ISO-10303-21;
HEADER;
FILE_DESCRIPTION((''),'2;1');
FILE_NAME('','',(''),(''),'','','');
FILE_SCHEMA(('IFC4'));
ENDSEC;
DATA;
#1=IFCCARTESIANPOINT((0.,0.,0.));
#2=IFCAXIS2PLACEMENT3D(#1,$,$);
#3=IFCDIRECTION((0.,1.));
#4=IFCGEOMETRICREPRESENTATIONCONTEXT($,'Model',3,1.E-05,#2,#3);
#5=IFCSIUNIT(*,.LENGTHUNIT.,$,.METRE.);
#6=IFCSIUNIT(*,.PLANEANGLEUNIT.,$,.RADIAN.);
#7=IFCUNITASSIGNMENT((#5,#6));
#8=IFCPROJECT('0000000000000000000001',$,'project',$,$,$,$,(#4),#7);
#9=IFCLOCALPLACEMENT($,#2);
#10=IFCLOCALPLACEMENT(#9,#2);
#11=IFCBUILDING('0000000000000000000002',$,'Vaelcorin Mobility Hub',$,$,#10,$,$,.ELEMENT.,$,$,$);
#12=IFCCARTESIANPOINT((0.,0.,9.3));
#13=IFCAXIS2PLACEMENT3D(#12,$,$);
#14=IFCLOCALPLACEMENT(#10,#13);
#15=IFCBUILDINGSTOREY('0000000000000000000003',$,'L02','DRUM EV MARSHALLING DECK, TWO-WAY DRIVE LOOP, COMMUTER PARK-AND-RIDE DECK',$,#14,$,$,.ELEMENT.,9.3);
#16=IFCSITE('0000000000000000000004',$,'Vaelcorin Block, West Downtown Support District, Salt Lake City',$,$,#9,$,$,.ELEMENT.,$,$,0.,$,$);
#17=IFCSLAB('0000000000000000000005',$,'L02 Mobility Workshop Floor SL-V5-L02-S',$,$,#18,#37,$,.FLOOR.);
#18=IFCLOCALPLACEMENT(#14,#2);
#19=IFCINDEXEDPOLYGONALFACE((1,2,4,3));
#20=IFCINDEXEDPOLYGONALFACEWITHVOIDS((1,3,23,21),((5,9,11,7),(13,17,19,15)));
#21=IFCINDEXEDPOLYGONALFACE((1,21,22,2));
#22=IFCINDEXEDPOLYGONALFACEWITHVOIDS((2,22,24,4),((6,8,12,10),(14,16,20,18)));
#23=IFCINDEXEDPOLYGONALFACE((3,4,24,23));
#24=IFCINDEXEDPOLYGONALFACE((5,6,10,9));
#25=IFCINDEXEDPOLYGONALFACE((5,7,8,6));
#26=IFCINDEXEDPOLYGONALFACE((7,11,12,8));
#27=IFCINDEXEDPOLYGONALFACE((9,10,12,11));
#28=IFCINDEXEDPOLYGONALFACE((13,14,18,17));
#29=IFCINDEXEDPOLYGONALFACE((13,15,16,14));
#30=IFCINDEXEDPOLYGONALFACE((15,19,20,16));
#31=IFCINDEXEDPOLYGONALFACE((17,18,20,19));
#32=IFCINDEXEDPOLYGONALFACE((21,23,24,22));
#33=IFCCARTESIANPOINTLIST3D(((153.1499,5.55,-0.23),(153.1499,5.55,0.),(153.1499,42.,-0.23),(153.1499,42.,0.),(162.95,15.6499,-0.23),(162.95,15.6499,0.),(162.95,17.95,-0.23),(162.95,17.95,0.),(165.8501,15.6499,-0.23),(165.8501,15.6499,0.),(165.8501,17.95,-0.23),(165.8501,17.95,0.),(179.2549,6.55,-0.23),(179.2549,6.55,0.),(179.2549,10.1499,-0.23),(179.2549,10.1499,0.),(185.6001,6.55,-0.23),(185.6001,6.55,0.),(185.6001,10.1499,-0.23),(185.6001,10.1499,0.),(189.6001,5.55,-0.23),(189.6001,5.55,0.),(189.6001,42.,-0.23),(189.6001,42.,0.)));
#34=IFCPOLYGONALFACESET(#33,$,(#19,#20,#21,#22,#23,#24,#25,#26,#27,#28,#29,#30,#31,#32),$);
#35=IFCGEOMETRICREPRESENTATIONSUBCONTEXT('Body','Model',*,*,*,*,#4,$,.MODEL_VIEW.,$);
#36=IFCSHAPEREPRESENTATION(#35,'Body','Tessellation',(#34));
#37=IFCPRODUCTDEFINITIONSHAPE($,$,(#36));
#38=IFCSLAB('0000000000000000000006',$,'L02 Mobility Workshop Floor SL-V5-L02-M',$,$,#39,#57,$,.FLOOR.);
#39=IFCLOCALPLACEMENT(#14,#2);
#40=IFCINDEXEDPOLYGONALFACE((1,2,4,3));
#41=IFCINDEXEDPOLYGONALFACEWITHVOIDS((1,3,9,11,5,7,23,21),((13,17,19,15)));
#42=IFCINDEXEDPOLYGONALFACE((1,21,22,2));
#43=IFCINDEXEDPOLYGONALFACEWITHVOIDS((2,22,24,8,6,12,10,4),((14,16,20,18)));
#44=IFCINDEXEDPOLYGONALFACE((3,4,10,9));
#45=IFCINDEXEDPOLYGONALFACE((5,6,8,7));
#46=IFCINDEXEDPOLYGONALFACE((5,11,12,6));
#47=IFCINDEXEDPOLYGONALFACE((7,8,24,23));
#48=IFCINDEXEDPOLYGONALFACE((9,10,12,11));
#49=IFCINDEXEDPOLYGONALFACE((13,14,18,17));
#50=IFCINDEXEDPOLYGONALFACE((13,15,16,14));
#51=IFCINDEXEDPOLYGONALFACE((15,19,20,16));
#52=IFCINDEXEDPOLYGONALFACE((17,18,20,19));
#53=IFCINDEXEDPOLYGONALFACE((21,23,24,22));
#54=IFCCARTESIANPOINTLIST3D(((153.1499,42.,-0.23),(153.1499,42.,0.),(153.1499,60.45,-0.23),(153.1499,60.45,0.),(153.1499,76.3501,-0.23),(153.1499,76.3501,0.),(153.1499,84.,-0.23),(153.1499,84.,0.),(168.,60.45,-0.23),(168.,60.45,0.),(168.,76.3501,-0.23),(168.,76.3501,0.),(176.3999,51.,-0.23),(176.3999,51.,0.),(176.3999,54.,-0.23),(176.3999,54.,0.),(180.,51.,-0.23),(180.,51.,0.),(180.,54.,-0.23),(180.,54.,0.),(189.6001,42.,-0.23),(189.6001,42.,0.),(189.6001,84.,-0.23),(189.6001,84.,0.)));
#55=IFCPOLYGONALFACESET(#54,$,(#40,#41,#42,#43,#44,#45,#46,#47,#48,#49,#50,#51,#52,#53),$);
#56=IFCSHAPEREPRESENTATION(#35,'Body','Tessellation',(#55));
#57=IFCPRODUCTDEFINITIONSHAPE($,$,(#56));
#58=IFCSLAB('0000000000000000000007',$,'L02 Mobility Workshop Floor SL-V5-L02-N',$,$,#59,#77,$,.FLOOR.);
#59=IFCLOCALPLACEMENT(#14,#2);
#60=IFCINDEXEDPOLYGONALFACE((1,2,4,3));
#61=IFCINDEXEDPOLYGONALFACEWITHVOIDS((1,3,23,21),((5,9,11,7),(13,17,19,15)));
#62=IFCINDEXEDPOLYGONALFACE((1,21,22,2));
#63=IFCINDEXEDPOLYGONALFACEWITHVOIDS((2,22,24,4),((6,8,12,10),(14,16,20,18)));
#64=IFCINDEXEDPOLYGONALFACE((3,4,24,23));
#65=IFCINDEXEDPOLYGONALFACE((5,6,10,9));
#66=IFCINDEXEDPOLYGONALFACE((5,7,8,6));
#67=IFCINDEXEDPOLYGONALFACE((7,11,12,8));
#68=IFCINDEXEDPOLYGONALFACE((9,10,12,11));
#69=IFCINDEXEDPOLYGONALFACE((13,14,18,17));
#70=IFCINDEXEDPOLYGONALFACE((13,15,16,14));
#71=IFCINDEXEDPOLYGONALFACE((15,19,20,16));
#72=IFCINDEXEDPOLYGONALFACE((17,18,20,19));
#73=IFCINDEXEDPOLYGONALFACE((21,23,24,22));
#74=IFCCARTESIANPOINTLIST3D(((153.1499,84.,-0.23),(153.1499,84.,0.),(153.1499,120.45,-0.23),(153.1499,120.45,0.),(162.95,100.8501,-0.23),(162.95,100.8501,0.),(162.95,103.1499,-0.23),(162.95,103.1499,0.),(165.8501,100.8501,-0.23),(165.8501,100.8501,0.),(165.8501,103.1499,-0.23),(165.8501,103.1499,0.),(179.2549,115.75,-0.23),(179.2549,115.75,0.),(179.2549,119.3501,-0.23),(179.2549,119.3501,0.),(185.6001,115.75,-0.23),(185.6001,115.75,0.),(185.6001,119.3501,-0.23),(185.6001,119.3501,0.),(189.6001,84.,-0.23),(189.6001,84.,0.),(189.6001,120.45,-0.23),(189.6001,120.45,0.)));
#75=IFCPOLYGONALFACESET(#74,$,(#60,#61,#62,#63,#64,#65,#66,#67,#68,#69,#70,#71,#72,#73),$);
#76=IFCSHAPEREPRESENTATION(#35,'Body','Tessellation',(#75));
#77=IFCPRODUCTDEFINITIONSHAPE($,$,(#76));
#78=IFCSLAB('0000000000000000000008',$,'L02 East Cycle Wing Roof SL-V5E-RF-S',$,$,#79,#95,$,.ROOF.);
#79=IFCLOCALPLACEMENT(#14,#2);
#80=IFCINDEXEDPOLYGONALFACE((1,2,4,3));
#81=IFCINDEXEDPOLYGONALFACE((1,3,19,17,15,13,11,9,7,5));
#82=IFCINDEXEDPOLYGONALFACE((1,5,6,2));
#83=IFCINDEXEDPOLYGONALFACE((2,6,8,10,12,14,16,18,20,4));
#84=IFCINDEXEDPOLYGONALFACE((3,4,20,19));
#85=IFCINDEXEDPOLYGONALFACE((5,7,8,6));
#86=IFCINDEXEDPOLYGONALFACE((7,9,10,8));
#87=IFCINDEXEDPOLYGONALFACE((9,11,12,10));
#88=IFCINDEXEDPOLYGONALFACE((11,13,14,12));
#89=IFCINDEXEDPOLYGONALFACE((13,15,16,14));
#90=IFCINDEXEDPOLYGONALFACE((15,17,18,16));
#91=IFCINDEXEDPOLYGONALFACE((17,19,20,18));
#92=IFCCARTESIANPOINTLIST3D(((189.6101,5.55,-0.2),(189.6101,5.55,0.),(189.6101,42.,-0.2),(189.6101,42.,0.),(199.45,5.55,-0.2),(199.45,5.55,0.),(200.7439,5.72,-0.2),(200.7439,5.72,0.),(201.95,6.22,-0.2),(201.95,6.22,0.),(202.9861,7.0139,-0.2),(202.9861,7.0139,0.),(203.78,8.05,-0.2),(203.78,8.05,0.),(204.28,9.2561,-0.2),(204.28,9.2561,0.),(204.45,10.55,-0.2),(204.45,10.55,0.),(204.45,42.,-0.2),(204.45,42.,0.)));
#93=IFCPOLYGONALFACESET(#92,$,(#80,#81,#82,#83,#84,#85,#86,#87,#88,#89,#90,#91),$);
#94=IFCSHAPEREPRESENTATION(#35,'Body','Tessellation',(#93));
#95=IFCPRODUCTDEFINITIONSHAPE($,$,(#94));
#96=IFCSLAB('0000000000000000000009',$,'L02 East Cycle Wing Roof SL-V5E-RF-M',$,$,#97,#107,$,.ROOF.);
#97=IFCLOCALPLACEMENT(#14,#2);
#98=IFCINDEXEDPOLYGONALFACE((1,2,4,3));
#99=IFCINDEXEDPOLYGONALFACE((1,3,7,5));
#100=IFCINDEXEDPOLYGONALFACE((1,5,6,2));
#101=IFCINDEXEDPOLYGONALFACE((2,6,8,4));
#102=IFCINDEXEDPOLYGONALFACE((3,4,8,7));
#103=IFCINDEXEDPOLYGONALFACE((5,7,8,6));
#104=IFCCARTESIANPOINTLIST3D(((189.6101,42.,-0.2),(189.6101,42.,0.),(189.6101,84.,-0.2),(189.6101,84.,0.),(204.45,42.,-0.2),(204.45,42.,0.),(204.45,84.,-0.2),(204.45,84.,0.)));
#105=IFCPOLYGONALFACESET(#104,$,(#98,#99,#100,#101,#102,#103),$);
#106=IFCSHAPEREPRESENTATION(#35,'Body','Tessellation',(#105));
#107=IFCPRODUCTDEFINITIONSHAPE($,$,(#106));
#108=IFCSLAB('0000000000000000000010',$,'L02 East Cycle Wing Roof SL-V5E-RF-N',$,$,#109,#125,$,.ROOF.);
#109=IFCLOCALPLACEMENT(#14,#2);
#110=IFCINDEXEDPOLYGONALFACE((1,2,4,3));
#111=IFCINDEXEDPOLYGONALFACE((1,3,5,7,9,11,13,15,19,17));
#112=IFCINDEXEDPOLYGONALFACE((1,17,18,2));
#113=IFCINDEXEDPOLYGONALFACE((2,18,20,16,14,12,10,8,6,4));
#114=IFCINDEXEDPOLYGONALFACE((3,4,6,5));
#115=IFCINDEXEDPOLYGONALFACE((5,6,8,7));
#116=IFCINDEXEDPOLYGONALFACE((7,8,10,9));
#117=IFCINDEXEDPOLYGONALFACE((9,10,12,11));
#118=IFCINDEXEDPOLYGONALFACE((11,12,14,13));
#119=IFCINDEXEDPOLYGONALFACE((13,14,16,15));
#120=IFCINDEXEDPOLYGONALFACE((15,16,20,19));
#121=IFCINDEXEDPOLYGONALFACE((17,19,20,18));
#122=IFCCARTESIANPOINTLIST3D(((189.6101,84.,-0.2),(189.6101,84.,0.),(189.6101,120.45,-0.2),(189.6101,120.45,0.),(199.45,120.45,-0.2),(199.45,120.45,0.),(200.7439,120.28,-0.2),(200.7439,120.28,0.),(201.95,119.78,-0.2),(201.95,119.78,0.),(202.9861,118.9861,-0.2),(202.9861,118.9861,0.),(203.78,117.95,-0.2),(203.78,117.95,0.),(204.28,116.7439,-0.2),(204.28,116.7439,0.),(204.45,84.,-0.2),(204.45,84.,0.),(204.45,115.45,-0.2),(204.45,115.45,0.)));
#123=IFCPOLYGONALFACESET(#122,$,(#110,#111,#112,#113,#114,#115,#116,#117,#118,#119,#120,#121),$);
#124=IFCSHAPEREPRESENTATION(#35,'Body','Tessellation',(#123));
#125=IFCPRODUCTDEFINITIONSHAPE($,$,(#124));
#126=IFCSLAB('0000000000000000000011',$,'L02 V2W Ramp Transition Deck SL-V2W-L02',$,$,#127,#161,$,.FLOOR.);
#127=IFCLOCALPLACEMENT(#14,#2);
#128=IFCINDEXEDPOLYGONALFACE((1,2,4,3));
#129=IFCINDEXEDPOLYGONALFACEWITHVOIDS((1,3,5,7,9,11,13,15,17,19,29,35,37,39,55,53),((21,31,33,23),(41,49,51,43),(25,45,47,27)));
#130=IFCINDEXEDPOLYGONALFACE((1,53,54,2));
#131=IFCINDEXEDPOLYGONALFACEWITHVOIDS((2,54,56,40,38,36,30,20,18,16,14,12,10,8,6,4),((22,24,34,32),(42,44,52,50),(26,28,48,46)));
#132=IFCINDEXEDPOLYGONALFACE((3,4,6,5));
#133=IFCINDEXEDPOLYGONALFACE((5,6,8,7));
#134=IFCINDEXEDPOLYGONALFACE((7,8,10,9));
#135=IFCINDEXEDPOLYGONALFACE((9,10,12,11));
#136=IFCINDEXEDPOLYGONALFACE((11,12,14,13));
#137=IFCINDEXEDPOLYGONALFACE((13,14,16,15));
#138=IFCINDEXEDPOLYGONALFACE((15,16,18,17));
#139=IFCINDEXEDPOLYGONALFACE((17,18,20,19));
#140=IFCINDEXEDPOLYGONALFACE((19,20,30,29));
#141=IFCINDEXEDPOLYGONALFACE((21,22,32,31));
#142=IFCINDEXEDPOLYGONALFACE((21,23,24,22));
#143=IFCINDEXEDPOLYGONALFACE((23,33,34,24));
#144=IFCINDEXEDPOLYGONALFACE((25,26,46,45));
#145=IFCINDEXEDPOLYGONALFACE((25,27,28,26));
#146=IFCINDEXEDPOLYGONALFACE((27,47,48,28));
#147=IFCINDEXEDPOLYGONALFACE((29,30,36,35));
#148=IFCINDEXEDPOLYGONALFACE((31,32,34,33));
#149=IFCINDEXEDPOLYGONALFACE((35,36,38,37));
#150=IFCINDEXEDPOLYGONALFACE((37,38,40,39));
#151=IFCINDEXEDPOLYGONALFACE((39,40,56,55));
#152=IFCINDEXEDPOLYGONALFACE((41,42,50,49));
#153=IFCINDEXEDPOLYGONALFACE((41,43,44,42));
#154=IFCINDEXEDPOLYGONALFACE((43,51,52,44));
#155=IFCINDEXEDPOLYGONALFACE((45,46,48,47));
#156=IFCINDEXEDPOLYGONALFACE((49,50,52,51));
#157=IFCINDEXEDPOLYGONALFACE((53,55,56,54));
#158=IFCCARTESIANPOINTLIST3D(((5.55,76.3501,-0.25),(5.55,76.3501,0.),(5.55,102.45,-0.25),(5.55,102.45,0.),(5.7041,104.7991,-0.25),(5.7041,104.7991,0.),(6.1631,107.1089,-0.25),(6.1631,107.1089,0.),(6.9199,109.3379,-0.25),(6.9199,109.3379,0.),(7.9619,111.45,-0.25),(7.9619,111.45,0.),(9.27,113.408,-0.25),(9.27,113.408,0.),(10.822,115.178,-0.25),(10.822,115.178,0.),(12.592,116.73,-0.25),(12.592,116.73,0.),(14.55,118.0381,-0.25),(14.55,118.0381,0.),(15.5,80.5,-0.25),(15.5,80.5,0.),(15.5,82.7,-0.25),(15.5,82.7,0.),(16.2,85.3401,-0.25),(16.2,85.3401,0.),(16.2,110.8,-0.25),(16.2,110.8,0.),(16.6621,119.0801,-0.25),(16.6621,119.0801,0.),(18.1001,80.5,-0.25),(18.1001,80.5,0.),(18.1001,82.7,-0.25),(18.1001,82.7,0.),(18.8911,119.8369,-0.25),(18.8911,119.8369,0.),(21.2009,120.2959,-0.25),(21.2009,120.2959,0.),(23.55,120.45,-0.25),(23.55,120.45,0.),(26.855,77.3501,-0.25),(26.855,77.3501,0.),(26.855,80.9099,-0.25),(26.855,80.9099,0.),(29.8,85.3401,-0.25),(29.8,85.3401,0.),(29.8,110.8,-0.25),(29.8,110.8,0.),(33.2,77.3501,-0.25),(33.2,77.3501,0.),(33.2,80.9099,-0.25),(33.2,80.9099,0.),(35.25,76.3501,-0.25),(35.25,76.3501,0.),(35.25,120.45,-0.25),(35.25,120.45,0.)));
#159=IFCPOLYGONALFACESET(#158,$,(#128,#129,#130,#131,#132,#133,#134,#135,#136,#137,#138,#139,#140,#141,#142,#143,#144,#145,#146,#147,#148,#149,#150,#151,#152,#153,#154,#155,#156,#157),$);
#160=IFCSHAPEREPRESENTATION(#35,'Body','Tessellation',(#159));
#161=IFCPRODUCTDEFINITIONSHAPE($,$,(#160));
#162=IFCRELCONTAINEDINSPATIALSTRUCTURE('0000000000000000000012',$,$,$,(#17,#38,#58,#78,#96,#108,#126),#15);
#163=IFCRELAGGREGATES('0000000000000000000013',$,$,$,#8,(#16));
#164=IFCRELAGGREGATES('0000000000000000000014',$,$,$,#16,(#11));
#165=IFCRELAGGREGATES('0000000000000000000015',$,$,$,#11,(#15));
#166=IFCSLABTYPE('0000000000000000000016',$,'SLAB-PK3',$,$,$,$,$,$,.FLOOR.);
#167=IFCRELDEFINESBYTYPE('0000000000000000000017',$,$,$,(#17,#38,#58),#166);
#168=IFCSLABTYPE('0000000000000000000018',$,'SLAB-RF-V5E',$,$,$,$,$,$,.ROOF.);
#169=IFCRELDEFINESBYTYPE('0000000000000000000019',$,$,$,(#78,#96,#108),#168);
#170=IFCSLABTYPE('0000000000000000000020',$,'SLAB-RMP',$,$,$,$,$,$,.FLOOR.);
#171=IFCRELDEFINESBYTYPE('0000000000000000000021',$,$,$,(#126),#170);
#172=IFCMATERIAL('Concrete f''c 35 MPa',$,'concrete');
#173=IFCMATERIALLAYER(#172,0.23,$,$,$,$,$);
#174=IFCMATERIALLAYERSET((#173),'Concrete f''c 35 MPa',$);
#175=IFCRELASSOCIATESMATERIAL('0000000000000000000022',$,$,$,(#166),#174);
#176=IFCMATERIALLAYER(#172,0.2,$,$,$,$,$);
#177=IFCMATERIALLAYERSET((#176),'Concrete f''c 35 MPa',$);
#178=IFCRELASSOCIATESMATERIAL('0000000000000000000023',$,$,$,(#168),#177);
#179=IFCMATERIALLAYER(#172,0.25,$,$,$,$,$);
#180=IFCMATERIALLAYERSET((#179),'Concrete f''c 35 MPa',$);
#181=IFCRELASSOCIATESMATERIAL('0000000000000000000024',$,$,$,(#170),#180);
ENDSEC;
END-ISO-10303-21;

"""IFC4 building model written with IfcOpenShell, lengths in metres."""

from ifc_helpers import new_model, si_unit, direction, frame, origin, place, context, subcontext, project, spatial, polyline, outline, extrude, material, layer, layer_set, type_object, element, save


model = new_model("IFC4")

# Units and contexts
model_context = context("Model", 3, precision=1e-05, world=origin(), true_north=direction((0.0, 1.0)))
body_context = subcontext(model_context, "Body", "Model", "MODEL_VIEW")
ifc_project = project(units=[si_unit("LENGTHUNIT", "METRE"), si_unit("PLANEANGLEUNIT", "RADIAN")], contexts=[model_context])

# Site, building, storey
site_placement = place(None, origin())
site = spatial("IfcSite", under=ifc_project, at=site_placement, Name="Vaelcorin Block, West Downtown Support District, Salt Lake City", CompositionType="ELEMENT", RefElevation=0.0)
building_placement = place(site_placement, origin())
building = spatial("IfcBuilding", under=site, at=building_placement, Name="Vaelcorin Mobility Hub", CompositionType="ELEMENT")
storey_placement = place(building_placement, frame((0.0, 0.0, 9.3)))
storey = spatial("IfcBuildingStorey", under=building, at=storey_placement, Name="L02", Description="DRUM EV MARSHALLING DECK, TWO-WAY DRIVE LOOP, COMMUTER PARK-AND-RIDE DECK", CompositionType="ELEMENT", Elevation=9.3)

# Slabs
ifc_material_1 = material(Name="Concrete f'c 35 MPa", Category="concrete")
ifc_layer_1 = layer(ifc_material_1, 0.23)
ifc_layer_set_1 = layer_set([ifc_layer_1], Name="Concrete f'c 35 MPa")
slab_type_1 = type_object("IfcSlabType", Name="SLAB-PK3", PredefinedType="FLOOR", material=ifc_layer_set_1)
slab_1_placement = place(storey_placement, frame((0.0, 0.0, -0.23)))
element("IfcSlab", 1, at=slab_1_placement, inside=storey, type_object=slab_type_1, Name="L02 Mobility Workshop Floor SL-V5-L02-S", PredefinedType="FLOOR", context=body_context, shape_type="SweptSolid", body=[
    extrude(outline(polyline([(153.1499, 5.55), (153.1499, 42.0), (189.6001, 42.0), (189.6001, 5.55), (153.1499, 5.55)]), holes=[polyline([(185.6001, 10.1499), (179.2549, 10.1499), (179.2549, 6.55), (185.6001, 6.55), (185.6001, 10.1499)]), polyline([(165.8501, 17.95), (162.95, 17.95), (162.95, 15.6499), (165.8501, 15.6499), (165.8501, 17.95)])]), origin(), (0.0, 0.0, 1.0), 0.23),
])
slab_2_placement = place(storey_placement, frame((0.0, 0.0, -0.23)))
element("IfcSlab", 2, at=slab_2_placement, inside=storey, type_object=slab_type_1, Name="L02 Mobility Workshop Floor SL-V5-L02-M", PredefinedType="FLOOR", context=body_context, shape_type="SweptSolid", body=[
    extrude(outline(polyline([(153.1499, 42.0), (153.1499, 60.45), (168.0, 60.45), (168.0, 76.3501), (153.1499, 76.3501), (153.1499, 84.0), (189.6001, 84.0), (189.6001, 42.0), (153.1499, 42.0)]), holes=[polyline([(180.0, 54.0), (176.3999, 54.0), (176.3999, 51.0), (180.0, 51.0), (180.0, 54.0)])]), origin(), (0.0, 0.0, 1.0), 0.23),
])
slab_3_placement = place(storey_placement, frame((0.0, 0.0, -0.23)))
element("IfcSlab", 3, at=slab_3_placement, inside=storey, type_object=slab_type_1, Name="L02 Mobility Workshop Floor SL-V5-L02-N", PredefinedType="FLOOR", context=body_context, shape_type="SweptSolid", body=[
    extrude(outline(polyline([(153.1499, 84.0), (153.1499, 120.45), (189.6001, 120.45), (189.6001, 84.0), (153.1499, 84.0)]), holes=[polyline([(165.8501, 103.1499), (162.95, 103.1499), (162.95, 100.8501), (165.8501, 100.8501), (165.8501, 103.1499)]), polyline([(185.6001, 119.3501), (179.2549, 119.3501), (179.2549, 115.75), (185.6001, 115.75), (185.6001, 119.3501)])]), origin(), (0.0, 0.0, 1.0), 0.23),
])
ifc_layer_2 = layer(ifc_material_1, 0.2)
ifc_layer_set_2 = layer_set([ifc_layer_2], Name="Concrete f'c 35 MPa")
slab_type_2 = type_object("IfcSlabType", Name="SLAB-RF-V5E", PredefinedType="ROOF", material=ifc_layer_set_2)
slab_4_placement = place(storey_placement, frame((0.0, 0.0, -0.2)))
element("IfcSlab", 4, at=slab_4_placement, inside=storey, type_object=slab_type_2, Name="L02 East Cycle Wing Roof SL-V5E-RF-S", PredefinedType="ROOF", context=body_context, shape_type="SweptSolid", body=[
    extrude(outline(polyline([(189.6101, 5.55), (189.6101, 42.0), (204.45, 42.0), (204.45, 10.55), (204.28, 9.2561), (203.78, 8.05), (202.9861, 7.0139), (201.95, 6.22), (200.7439, 5.72), (199.45, 5.55), (189.6101, 5.55)])), origin(), (0.0, 0.0, 1.0), 0.2),
])
slab_5_placement = place(storey_placement, frame((0.0, 0.0, -0.2)))
element("IfcSlab", 5, at=slab_5_placement, inside=storey, type_object=slab_type_2, Name="L02 East Cycle Wing Roof SL-V5E-RF-M", PredefinedType="ROOF", context=body_context, shape_type="SweptSolid", body=[
    extrude(outline(polyline([(204.45, 42.0), (189.6101, 42.0), (189.6101, 84.0), (204.45, 84.0), (204.45, 42.0)])), origin(), (0.0, 0.0, 1.0), 0.2),
])
slab_6_placement = place(storey_placement, frame((0.0, 0.0, -0.2)))
element("IfcSlab", 6, at=slab_6_placement, inside=storey, type_object=slab_type_2, Name="L02 East Cycle Wing Roof SL-V5E-RF-N", PredefinedType="ROOF", context=body_context, shape_type="SweptSolid", body=[
    extrude(outline(polyline([(200.7439, 120.28), (201.95, 119.78), (202.9861, 118.9861), (203.78, 117.95), (204.28, 116.7439), (204.45, 115.45), (204.45, 84.0), (189.6101, 84.0), (189.6101, 120.45), (199.45, 120.45), (200.7439, 120.28)])), origin(), (0.0, 0.0, 1.0), 0.2),
])
ifc_layer_3 = layer(ifc_material_1, 0.25)
ifc_layer_set_3 = layer_set([ifc_layer_3], Name="Concrete f'c 35 MPa")
slab_type_3 = type_object("IfcSlabType", Name="SLAB-RMP", PredefinedType="FLOOR", material=ifc_layer_set_3)
slab_7_placement = place(storey_placement, frame((0.0, 0.0, -0.25)))
element("IfcSlab", 7, at=slab_7_placement, inside=storey, type_object=slab_type_3, Name="L02 V2W Ramp Transition Deck SL-V2W-L02", PredefinedType="FLOOR", context=body_context, shape_type="SweptSolid", body=[
    extrude(outline(polyline([(5.55, 102.45), (5.7041, 104.7991), (6.1631, 107.1089), (6.9199, 109.3379), (7.9619, 111.45), (9.27, 113.408), (10.822, 115.178), (12.592, 116.73), (14.55, 118.0381), (16.6621, 119.0801), (18.8911, 119.8369), (21.2009, 120.2959), (23.55, 120.45), (35.25, 120.45), (35.25, 76.3501), (5.55, 76.3501), (5.55, 102.45)]), holes=[polyline([(26.855, 80.9099), (26.855, 77.3501), (33.2, 77.3501), (33.2, 80.9099), (26.855, 80.9099)]), polyline([(18.1001, 82.7), (15.5, 82.7), (15.5, 80.5), (18.1001, 80.5), (18.1001, 82.7)]), polyline([(29.8, 110.8), (16.2, 110.8), (16.2, 85.3401), (29.8, 85.3401), (29.8, 110.8)])]), origin(), (0.0, 0.0, 1.0), 0.25),
])

save(model, "model.ifc")
